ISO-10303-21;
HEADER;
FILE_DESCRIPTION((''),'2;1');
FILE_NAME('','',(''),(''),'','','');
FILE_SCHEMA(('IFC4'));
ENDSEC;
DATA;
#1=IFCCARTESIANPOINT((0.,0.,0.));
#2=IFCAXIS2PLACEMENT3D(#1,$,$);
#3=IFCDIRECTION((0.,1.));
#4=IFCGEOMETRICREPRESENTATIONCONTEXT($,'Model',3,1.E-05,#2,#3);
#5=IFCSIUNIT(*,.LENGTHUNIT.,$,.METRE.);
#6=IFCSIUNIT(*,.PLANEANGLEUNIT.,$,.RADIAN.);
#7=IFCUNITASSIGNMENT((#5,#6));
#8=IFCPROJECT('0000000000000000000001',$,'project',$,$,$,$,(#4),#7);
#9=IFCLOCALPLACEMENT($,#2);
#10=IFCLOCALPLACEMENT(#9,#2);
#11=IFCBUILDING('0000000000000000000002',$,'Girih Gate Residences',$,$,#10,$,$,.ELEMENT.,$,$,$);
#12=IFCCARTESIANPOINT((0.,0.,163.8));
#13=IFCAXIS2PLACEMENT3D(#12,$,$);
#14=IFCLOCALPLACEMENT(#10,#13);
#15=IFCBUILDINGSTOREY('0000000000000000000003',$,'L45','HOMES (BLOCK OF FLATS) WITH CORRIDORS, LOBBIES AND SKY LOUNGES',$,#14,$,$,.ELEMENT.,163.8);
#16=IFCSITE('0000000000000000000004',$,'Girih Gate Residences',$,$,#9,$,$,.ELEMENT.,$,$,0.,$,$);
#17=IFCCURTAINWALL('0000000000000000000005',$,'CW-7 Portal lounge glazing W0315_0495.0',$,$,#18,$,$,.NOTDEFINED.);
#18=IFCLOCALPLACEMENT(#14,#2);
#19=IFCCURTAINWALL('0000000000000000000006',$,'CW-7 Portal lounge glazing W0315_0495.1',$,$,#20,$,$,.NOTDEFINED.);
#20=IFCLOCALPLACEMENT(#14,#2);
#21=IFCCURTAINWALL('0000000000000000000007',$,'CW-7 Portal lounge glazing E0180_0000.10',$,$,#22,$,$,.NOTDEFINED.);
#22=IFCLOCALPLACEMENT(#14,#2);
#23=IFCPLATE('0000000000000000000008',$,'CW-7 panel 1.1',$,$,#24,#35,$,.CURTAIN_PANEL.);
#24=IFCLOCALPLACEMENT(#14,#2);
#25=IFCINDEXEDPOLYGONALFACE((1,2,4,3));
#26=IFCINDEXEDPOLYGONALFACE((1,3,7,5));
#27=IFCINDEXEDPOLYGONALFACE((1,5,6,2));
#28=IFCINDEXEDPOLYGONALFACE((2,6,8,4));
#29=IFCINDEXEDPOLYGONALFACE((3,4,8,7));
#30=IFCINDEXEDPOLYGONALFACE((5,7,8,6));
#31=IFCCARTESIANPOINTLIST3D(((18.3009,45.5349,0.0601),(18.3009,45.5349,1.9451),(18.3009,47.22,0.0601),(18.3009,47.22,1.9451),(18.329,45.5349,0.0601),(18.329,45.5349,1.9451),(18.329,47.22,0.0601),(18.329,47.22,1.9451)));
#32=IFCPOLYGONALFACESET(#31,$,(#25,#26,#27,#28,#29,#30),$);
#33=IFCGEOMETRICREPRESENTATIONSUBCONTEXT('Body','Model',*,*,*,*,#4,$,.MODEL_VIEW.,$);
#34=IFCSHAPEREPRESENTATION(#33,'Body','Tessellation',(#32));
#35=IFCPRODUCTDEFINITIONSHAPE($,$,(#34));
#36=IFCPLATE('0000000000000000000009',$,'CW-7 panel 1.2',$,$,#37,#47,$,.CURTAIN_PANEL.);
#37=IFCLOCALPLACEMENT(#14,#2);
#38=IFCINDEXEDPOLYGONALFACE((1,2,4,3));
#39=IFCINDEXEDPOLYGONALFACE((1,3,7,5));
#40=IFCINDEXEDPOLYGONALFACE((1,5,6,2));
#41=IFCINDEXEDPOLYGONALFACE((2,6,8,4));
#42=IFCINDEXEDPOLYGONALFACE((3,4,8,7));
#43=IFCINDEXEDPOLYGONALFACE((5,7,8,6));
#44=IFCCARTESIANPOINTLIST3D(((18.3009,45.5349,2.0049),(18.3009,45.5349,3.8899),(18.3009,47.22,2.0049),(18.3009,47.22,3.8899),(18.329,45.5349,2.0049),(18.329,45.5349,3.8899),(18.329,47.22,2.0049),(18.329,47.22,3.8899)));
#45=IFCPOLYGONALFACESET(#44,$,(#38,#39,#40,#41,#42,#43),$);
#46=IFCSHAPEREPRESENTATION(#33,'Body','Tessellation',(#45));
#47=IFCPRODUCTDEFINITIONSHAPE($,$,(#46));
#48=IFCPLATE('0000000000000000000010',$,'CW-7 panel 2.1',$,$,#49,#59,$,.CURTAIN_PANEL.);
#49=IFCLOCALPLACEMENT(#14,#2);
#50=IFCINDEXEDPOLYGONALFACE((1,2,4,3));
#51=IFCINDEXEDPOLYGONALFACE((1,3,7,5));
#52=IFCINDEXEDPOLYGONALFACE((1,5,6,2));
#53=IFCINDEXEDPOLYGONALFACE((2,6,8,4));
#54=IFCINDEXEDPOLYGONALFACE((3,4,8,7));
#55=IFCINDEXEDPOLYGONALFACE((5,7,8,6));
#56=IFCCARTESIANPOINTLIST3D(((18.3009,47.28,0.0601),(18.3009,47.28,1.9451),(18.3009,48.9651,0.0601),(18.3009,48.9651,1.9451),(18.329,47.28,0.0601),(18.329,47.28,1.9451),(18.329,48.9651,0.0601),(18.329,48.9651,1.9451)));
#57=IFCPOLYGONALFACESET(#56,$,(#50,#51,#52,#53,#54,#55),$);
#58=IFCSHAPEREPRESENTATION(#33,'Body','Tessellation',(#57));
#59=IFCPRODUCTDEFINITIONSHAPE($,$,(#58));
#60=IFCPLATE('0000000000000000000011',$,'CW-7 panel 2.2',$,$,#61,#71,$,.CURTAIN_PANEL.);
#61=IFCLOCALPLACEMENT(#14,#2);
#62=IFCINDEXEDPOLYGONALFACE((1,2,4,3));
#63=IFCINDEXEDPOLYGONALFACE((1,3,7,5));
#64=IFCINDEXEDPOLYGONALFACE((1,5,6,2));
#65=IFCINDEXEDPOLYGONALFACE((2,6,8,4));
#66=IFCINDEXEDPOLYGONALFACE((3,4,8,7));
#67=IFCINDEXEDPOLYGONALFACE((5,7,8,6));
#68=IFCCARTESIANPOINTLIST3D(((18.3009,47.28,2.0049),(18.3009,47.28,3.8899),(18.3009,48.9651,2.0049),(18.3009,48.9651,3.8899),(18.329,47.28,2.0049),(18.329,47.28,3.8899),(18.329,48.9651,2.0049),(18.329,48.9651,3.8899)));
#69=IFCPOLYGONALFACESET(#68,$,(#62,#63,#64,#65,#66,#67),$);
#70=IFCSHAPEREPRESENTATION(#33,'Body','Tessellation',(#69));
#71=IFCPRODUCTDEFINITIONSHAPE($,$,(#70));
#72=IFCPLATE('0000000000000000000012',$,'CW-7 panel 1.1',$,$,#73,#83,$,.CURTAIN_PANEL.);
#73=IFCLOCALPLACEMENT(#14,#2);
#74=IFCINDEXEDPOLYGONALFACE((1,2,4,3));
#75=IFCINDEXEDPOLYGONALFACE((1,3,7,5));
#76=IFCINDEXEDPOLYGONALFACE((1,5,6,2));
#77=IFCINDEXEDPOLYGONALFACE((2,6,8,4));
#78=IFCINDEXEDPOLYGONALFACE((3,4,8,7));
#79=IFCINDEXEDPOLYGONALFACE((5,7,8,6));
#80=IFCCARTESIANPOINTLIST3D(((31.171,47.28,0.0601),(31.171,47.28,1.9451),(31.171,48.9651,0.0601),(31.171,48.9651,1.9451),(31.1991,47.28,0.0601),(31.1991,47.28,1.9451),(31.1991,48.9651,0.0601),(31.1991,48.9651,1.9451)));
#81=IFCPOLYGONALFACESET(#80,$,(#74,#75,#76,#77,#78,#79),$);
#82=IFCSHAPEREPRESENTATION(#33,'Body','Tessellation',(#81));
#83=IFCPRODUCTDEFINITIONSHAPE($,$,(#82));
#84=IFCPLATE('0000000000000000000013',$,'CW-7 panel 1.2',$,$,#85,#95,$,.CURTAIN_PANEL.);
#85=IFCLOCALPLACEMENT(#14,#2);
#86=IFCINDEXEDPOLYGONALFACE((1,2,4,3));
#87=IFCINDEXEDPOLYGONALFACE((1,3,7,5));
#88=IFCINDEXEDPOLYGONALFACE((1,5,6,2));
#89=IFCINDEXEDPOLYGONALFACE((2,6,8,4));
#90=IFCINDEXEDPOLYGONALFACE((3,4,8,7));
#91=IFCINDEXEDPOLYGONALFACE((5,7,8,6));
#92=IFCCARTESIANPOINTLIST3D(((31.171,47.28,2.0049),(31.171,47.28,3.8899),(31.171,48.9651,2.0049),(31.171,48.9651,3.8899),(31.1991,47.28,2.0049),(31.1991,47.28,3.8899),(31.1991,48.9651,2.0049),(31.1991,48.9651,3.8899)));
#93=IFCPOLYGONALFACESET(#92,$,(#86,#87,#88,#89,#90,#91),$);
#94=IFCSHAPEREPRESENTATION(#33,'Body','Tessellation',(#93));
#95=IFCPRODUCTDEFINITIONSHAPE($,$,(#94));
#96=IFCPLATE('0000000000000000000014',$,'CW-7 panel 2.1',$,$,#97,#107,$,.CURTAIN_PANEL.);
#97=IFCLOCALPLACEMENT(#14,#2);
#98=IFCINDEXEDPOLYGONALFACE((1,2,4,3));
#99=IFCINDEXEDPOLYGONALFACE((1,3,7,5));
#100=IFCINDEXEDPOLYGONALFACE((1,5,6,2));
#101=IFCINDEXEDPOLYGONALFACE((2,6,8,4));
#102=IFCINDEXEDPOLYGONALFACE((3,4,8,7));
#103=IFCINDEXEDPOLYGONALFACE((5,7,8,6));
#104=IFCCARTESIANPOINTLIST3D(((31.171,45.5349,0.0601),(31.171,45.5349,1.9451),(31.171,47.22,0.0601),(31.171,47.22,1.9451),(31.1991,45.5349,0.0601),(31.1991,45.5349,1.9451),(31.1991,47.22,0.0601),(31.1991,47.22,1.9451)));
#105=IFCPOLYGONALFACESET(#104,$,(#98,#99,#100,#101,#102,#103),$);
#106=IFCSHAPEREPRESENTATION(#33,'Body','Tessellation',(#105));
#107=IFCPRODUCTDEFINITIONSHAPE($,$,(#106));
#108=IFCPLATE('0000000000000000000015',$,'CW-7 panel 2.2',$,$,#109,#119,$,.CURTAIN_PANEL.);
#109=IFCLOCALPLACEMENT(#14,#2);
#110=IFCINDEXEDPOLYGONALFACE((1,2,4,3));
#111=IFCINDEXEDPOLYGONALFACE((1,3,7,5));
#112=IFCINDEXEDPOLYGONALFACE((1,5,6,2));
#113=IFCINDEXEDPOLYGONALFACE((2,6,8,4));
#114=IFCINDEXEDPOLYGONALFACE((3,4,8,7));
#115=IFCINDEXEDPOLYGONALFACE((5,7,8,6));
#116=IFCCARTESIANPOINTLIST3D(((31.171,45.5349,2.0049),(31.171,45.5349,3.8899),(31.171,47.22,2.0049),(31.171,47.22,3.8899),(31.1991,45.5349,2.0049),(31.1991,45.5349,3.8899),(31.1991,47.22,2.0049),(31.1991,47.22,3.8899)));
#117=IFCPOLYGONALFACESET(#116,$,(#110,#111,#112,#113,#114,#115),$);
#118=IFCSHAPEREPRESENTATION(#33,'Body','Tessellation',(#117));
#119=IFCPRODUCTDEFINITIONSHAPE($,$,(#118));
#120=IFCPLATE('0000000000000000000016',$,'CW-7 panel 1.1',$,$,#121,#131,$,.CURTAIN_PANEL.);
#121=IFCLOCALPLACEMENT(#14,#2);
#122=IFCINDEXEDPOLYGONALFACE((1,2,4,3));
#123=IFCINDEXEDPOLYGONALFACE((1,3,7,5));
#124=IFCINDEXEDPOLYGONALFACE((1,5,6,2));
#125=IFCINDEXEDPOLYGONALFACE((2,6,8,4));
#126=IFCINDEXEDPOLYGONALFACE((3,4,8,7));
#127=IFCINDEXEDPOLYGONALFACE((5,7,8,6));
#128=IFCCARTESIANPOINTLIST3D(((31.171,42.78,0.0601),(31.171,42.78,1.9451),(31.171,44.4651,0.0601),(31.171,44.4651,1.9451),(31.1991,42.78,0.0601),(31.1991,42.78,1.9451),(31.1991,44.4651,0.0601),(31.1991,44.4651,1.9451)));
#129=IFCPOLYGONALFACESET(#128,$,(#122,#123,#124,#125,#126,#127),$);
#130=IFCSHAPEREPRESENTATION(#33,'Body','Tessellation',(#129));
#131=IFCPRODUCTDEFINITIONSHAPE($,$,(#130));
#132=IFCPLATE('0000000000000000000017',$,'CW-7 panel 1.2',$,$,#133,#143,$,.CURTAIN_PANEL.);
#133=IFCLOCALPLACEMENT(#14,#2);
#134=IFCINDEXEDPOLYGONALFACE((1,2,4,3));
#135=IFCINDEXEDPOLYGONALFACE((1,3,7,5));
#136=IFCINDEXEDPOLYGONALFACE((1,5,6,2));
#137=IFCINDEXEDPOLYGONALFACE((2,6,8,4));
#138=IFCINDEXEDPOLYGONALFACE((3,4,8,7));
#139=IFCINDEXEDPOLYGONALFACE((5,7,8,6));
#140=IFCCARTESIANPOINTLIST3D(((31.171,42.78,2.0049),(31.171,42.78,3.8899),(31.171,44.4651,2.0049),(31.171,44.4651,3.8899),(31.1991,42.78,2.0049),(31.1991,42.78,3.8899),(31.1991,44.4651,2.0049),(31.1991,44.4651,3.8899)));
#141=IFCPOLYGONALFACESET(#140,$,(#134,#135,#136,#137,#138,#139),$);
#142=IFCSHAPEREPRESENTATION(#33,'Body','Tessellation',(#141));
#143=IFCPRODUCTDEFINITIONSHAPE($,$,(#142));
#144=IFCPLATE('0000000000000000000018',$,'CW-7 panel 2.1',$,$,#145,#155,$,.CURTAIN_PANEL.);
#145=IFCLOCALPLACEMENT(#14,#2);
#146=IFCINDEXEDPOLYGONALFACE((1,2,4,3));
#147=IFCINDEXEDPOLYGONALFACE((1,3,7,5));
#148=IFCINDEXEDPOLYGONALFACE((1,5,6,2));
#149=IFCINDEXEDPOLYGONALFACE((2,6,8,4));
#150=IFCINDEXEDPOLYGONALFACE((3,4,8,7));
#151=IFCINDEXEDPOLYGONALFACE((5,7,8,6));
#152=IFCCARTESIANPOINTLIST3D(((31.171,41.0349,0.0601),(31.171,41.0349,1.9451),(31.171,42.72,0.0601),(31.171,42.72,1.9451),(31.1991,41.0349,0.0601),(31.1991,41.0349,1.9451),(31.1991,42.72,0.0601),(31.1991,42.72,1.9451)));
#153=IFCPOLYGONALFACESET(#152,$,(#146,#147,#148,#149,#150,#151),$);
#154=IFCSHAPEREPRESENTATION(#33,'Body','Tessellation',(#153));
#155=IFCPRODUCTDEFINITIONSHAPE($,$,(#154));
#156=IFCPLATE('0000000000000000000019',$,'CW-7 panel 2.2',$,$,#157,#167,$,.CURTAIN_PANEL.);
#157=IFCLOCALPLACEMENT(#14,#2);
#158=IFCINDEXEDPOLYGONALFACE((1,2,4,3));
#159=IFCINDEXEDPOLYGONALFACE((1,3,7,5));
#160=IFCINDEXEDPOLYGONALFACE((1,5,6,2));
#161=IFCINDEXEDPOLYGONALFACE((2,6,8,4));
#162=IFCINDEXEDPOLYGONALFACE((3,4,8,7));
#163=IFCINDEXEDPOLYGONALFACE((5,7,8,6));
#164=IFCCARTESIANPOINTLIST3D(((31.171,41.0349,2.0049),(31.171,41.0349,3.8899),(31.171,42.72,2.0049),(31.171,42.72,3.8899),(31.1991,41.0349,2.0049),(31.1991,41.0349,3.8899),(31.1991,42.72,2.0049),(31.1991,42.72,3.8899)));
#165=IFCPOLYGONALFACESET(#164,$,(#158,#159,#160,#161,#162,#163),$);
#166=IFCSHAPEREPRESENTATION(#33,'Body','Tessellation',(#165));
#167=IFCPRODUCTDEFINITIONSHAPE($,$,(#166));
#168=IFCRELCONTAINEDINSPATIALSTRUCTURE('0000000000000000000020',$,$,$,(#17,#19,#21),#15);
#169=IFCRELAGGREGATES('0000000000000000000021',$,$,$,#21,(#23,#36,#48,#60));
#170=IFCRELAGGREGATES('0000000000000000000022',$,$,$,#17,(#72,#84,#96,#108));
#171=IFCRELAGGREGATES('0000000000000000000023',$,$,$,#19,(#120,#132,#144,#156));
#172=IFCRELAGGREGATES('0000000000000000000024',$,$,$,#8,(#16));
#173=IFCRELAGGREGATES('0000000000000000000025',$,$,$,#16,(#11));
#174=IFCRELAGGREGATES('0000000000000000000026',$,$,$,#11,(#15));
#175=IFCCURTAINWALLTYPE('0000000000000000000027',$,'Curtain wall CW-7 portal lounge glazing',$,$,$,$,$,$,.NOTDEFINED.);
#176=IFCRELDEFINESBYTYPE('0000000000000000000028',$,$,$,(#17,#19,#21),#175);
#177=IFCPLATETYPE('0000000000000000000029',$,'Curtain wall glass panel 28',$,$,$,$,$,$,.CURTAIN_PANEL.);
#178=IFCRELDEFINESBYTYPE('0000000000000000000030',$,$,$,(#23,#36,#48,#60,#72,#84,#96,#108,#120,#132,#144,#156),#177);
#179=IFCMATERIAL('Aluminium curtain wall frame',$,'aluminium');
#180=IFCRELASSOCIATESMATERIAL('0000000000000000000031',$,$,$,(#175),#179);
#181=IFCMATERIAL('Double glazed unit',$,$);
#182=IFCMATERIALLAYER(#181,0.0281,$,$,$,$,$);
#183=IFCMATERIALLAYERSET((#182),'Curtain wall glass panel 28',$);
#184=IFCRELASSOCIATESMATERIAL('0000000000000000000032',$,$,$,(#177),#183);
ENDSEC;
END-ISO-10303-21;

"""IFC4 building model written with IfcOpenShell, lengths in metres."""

from ifc_helpers import new_model, si_unit, direction, frame, origin, origin_2d, place, context, subcontext, project, spatial, rectangle, extrude, material, layer, layer_set, type_object, element, aggregate, save


model = new_model("IFC4")

# Units and contexts
model_context = context("Model", 3, precision=1e-05, world=origin(), true_north=direction((0.0, 1.0)))
body_context = subcontext(model_context, "Body", "Model", "MODEL_VIEW")
ifc_project = project(units=[si_unit("LENGTHUNIT", "METRE"), si_unit("PLANEANGLEUNIT", "RADIAN")], contexts=[model_context])

# Site, building, storey
site_placement = place(None, origin())
site = spatial("IfcSite", under=ifc_project, at=site_placement, Name="Girih Gate Residences", CompositionType="ELEMENT", RefElevation=0.0)
building_placement = place(site_placement, origin())
building = spatial("IfcBuilding", under=site, at=building_placement, Name="Girih Gate Residences", CompositionType="ELEMENT")
storey_placement = place(building_placement, frame((0.0, 0.0, 163.8)))
storey = spatial("IfcBuildingStorey", under=building, at=storey_placement, Name="L45", Description="HOMES (BLOCK OF FLATS) WITH CORRIDORS, LOBBIES AND SKY LOUNGES", CompositionType="ELEMENT", Elevation=163.8)

# Curtain walls
ifc_material_1 = material(Name="Aluminium curtain wall frame", Category="aluminium")
curtain_wall_type = type_object("IfcCurtainWallType", Name="Curtain wall CW-7 portal lounge glazing", PredefinedType="NOTDEFINED", material=ifc_material_1)
curtain_wall_1_placement = place(storey_placement, origin())
curtain_wall_1 = element("IfcCurtainWall", 1, at=curtain_wall_1_placement, inside=storey, type_object=curtain_wall_type, Name="CW-7 Portal lounge glazing W0315_0495.0", PredefinedType="NOTDEFINED")
curtain_wall_2_placement = place(storey_placement, origin())
curtain_wall_2 = element("IfcCurtainWall", 2, at=curtain_wall_2_placement, inside=storey, type_object=curtain_wall_type, Name="CW-7 Portal lounge glazing W0315_0495.1", PredefinedType="NOTDEFINED")

# Curtain wall
curtain_wall_3_placement = place(storey_placement, origin())
curtain_wall_3 = element("IfcCurtainWall", 3, at=curtain_wall_3_placement, inside=storey, type_object=curtain_wall_type, Name="CW-7 Portal lounge glazing E0180_0000.10", PredefinedType="NOTDEFINED")

# Plates
ifc_material_2 = material(Name="Double glazed unit")
ifc_layer = layer(ifc_material_2, 0.0281)
ifc_layer_set = layer_set([ifc_layer], Name="Curtain wall glass panel 28")
plate_type = type_object("IfcPlateType", Name="Curtain wall glass panel 28", PredefinedType="CURTAIN_PANEL", material=ifc_layer_set)
plate_1_placement = place(storey_placement, frame((18.3149, 46.3774, 0.0601), z_axis=(0.0, 0.0, 1.0), x_axis=(0.0, 1.0, 0.0)))
plate_1 = element("IfcPlate", 4, at=plate_1_placement, type_object=plate_type, Name="CW-7 panel 1.1", PredefinedType="CURTAIN_PANEL", context=body_context, shape_type="SweptSolid", body=[
    extrude(rectangle(XDim=1.6851, YDim=0.0281, at=origin_2d()), origin(), (0.0, 0.0, 1.0), 1.885),
])
plate_2_placement = place(storey_placement, frame((18.3149, 46.3774, 2.0049), z_axis=(0.0, 0.0, 1.0), x_axis=(0.0, 1.0, 0.0)))
plate_2 = element("IfcPlate", 5, at=plate_2_placement, type_object=plate_type, Name="CW-7 panel 1.2", PredefinedType="CURTAIN_PANEL", context=body_context, shape_type="SweptSolid", body=[
    extrude(rectangle(XDim=1.6851, YDim=0.0281, at=origin_2d()), origin(), (0.0, 0.0, 1.0), 1.885),
])
plate_3_placement = place(storey_placement, frame((18.3149, 48.1226, 0.0601), z_axis=(0.0, 0.0, 1.0), x_axis=(0.0, 1.0, 0.0)))
plate_3 = element("IfcPlate", 6, at=plate_3_placement, type_object=plate_type, Name="CW-7 panel 2.1", PredefinedType="CURTAIN_PANEL", context=body_context, shape_type="SweptSolid", body=[
    extrude(rectangle(XDim=1.6851, YDim=0.0281, at=origin_2d()), origin(), (0.0, 0.0, 1.0), 1.885),
])
plate_4_placement = place(storey_placement, frame((18.3149, 48.1226, 2.0049), z_axis=(0.0, 0.0, 1.0), x_axis=(0.0, 1.0, 0.0)))
plate_4 = element("IfcPlate", 7, at=plate_4_placement, type_object=plate_type, Name="CW-7 panel 2.2", PredefinedType="CURTAIN_PANEL", context=body_context, shape_type="SweptSolid", body=[
    extrude(rectangle(XDim=1.6851, YDim=0.0281, at=origin_2d()), origin(), (0.0, 0.0, 1.0), 1.885),
])
aggregate(curtain_wall_3, [plate_1, plate_2, plate_3, plate_4])
plate_5_placement = place(storey_placement, frame((31.1851, 48.1226, 0.0601), z_axis=(0.0, 0.0, 1.0), x_axis=(0.0, -1.0, 0.0)))
plate_5 = element("IfcPlate", 8, at=plate_5_placement, type_object=plate_type, Name="CW-7 panel 1.1", PredefinedType="CURTAIN_PANEL", context=body_context, shape_type="SweptSolid", body=[
    extrude(rectangle(XDim=1.6851, YDim=0.0281, at=origin_2d()), origin(), (0.0, 0.0, 1.0), 1.885),
])
plate_6_placement = place(storey_placement, frame((31.1851, 48.1226, 2.0049), z_axis=(0.0, 0.0, 1.0), x_axis=(0.0, -1.0, 0.0)))
plate_6 = element("IfcPlate", 9, at=plate_6_placement, type_object=plate_type, Name="CW-7 panel 1.2", PredefinedType="CURTAIN_PANEL", context=body_context, shape_type="SweptSolid", body=[
    extrude(rectangle(XDim=1.6851, YDim=0.0281, at=origin_2d()), origin(), (0.0, 0.0, 1.0), 1.885),
])
plate_7_placement = place(storey_placement, frame((31.1851, 46.3774, 0.0601), z_axis=(0.0, 0.0, 1.0), x_axis=(0.0, -1.0, 0.0)))
plate_7 = element("IfcPlate", 10, at=plate_7_placement, type_object=plate_type, Name="CW-7 panel 2.1", PredefinedType="CURTAIN_PANEL", context=body_context, shape_type="SweptSolid", body=[
    extrude(rectangle(XDim=1.6851, YDim=0.0281, at=origin_2d()), origin(), (0.0, 0.0, 1.0), 1.885),
])
plate_8_placement = place(storey_placement, frame((31.1851, 46.3774, 2.0049), z_axis=(0.0, 0.0, 1.0), x_axis=(0.0, -1.0, 0.0)))
plate_8 = element("IfcPlate", 11, at=plate_8_placement, type_object=plate_type, Name="CW-7 panel 2.2", PredefinedType="CURTAIN_PANEL", context=body_context, shape_type="SweptSolid", body=[
    extrude(rectangle(XDim=1.6851, YDim=0.0281, at=origin_2d()), origin(), (0.0, 0.0, 1.0), 1.885),
])
aggregate(curtain_wall_1, [plate_5, plate_6, plate_7, plate_8])
plate_9_placement = place(storey_placement, frame((31.1851, 43.6226, 0.0601), z_axis=(0.0, 0.0, 1.0), x_axis=(0.0, -1.0, 0.0)))
plate_9 = element("IfcPlate", 12, at=plate_9_placement, type_object=plate_type, Name="CW-7 panel 1.1", PredefinedType="CURTAIN_PANEL", context=body_context, shape_type="SweptSolid", body=[
    extrude(rectangle(XDim=1.6851, YDim=0.0281, at=origin_2d()), origin(), (0.0, 0.0, 1.0), 1.885),
])
plate_10_placement = place(storey_placement, frame((31.1851, 43.6226, 2.0049), z_axis=(0.0, 0.0, 1.0), x_axis=(0.0, -1.0, 0.0)))
plate_10 = element("IfcPlate", 13, at=plate_10_placement, type_object=plate_type, Name="CW-7 panel 1.2", PredefinedType="CURTAIN_PANEL", context=body_context, shape_type="SweptSolid", body=[
    extrude(rectangle(XDim=1.6851, YDim=0.0281, at=origin_2d()), origin(), (0.0, 0.0, 1.0), 1.885),
])
plate_11_placement = place(storey_placement, frame((31.1851, 41.8774, 0.0601), z_axis=(0.0, 0.0, 1.0), x_axis=(0.0, -1.0, 0.0)))
plate_11 = element("IfcPlate", 14, at=plate_11_placement, type_object=plate_type, Name="CW-7 panel 2.1", PredefinedType="CURTAIN_PANEL", context=body_context, shape_type="SweptSolid", body=[
    extrude(rectangle(XDim=1.6851, YDim=0.0281, at=origin_2d()), origin(), (0.0, 0.0, 1.0), 1.885),
])
plate_12_placement = place(storey_placement, frame((31.1851, 41.8774, 2.0049), z_axis=(0.0, 0.0, 1.0), x_axis=(0.0, -1.0, 0.0)))
plate_12 = element("IfcPlate", 15, at=plate_12_placement, type_object=plate_type, Name="CW-7 panel 2.2", PredefinedType="CURTAIN_PANEL", context=body_context, shape_type="SweptSolid", body=[
    extrude(rectangle(XDim=1.6851, YDim=0.0281, at=origin_2d()), origin(), (0.0, 0.0, 1.0), 1.885),
])
aggregate(curtain_wall_2, [plate_9, plate_10, plate_11, plate_12])

save(model, "model.ifc")
